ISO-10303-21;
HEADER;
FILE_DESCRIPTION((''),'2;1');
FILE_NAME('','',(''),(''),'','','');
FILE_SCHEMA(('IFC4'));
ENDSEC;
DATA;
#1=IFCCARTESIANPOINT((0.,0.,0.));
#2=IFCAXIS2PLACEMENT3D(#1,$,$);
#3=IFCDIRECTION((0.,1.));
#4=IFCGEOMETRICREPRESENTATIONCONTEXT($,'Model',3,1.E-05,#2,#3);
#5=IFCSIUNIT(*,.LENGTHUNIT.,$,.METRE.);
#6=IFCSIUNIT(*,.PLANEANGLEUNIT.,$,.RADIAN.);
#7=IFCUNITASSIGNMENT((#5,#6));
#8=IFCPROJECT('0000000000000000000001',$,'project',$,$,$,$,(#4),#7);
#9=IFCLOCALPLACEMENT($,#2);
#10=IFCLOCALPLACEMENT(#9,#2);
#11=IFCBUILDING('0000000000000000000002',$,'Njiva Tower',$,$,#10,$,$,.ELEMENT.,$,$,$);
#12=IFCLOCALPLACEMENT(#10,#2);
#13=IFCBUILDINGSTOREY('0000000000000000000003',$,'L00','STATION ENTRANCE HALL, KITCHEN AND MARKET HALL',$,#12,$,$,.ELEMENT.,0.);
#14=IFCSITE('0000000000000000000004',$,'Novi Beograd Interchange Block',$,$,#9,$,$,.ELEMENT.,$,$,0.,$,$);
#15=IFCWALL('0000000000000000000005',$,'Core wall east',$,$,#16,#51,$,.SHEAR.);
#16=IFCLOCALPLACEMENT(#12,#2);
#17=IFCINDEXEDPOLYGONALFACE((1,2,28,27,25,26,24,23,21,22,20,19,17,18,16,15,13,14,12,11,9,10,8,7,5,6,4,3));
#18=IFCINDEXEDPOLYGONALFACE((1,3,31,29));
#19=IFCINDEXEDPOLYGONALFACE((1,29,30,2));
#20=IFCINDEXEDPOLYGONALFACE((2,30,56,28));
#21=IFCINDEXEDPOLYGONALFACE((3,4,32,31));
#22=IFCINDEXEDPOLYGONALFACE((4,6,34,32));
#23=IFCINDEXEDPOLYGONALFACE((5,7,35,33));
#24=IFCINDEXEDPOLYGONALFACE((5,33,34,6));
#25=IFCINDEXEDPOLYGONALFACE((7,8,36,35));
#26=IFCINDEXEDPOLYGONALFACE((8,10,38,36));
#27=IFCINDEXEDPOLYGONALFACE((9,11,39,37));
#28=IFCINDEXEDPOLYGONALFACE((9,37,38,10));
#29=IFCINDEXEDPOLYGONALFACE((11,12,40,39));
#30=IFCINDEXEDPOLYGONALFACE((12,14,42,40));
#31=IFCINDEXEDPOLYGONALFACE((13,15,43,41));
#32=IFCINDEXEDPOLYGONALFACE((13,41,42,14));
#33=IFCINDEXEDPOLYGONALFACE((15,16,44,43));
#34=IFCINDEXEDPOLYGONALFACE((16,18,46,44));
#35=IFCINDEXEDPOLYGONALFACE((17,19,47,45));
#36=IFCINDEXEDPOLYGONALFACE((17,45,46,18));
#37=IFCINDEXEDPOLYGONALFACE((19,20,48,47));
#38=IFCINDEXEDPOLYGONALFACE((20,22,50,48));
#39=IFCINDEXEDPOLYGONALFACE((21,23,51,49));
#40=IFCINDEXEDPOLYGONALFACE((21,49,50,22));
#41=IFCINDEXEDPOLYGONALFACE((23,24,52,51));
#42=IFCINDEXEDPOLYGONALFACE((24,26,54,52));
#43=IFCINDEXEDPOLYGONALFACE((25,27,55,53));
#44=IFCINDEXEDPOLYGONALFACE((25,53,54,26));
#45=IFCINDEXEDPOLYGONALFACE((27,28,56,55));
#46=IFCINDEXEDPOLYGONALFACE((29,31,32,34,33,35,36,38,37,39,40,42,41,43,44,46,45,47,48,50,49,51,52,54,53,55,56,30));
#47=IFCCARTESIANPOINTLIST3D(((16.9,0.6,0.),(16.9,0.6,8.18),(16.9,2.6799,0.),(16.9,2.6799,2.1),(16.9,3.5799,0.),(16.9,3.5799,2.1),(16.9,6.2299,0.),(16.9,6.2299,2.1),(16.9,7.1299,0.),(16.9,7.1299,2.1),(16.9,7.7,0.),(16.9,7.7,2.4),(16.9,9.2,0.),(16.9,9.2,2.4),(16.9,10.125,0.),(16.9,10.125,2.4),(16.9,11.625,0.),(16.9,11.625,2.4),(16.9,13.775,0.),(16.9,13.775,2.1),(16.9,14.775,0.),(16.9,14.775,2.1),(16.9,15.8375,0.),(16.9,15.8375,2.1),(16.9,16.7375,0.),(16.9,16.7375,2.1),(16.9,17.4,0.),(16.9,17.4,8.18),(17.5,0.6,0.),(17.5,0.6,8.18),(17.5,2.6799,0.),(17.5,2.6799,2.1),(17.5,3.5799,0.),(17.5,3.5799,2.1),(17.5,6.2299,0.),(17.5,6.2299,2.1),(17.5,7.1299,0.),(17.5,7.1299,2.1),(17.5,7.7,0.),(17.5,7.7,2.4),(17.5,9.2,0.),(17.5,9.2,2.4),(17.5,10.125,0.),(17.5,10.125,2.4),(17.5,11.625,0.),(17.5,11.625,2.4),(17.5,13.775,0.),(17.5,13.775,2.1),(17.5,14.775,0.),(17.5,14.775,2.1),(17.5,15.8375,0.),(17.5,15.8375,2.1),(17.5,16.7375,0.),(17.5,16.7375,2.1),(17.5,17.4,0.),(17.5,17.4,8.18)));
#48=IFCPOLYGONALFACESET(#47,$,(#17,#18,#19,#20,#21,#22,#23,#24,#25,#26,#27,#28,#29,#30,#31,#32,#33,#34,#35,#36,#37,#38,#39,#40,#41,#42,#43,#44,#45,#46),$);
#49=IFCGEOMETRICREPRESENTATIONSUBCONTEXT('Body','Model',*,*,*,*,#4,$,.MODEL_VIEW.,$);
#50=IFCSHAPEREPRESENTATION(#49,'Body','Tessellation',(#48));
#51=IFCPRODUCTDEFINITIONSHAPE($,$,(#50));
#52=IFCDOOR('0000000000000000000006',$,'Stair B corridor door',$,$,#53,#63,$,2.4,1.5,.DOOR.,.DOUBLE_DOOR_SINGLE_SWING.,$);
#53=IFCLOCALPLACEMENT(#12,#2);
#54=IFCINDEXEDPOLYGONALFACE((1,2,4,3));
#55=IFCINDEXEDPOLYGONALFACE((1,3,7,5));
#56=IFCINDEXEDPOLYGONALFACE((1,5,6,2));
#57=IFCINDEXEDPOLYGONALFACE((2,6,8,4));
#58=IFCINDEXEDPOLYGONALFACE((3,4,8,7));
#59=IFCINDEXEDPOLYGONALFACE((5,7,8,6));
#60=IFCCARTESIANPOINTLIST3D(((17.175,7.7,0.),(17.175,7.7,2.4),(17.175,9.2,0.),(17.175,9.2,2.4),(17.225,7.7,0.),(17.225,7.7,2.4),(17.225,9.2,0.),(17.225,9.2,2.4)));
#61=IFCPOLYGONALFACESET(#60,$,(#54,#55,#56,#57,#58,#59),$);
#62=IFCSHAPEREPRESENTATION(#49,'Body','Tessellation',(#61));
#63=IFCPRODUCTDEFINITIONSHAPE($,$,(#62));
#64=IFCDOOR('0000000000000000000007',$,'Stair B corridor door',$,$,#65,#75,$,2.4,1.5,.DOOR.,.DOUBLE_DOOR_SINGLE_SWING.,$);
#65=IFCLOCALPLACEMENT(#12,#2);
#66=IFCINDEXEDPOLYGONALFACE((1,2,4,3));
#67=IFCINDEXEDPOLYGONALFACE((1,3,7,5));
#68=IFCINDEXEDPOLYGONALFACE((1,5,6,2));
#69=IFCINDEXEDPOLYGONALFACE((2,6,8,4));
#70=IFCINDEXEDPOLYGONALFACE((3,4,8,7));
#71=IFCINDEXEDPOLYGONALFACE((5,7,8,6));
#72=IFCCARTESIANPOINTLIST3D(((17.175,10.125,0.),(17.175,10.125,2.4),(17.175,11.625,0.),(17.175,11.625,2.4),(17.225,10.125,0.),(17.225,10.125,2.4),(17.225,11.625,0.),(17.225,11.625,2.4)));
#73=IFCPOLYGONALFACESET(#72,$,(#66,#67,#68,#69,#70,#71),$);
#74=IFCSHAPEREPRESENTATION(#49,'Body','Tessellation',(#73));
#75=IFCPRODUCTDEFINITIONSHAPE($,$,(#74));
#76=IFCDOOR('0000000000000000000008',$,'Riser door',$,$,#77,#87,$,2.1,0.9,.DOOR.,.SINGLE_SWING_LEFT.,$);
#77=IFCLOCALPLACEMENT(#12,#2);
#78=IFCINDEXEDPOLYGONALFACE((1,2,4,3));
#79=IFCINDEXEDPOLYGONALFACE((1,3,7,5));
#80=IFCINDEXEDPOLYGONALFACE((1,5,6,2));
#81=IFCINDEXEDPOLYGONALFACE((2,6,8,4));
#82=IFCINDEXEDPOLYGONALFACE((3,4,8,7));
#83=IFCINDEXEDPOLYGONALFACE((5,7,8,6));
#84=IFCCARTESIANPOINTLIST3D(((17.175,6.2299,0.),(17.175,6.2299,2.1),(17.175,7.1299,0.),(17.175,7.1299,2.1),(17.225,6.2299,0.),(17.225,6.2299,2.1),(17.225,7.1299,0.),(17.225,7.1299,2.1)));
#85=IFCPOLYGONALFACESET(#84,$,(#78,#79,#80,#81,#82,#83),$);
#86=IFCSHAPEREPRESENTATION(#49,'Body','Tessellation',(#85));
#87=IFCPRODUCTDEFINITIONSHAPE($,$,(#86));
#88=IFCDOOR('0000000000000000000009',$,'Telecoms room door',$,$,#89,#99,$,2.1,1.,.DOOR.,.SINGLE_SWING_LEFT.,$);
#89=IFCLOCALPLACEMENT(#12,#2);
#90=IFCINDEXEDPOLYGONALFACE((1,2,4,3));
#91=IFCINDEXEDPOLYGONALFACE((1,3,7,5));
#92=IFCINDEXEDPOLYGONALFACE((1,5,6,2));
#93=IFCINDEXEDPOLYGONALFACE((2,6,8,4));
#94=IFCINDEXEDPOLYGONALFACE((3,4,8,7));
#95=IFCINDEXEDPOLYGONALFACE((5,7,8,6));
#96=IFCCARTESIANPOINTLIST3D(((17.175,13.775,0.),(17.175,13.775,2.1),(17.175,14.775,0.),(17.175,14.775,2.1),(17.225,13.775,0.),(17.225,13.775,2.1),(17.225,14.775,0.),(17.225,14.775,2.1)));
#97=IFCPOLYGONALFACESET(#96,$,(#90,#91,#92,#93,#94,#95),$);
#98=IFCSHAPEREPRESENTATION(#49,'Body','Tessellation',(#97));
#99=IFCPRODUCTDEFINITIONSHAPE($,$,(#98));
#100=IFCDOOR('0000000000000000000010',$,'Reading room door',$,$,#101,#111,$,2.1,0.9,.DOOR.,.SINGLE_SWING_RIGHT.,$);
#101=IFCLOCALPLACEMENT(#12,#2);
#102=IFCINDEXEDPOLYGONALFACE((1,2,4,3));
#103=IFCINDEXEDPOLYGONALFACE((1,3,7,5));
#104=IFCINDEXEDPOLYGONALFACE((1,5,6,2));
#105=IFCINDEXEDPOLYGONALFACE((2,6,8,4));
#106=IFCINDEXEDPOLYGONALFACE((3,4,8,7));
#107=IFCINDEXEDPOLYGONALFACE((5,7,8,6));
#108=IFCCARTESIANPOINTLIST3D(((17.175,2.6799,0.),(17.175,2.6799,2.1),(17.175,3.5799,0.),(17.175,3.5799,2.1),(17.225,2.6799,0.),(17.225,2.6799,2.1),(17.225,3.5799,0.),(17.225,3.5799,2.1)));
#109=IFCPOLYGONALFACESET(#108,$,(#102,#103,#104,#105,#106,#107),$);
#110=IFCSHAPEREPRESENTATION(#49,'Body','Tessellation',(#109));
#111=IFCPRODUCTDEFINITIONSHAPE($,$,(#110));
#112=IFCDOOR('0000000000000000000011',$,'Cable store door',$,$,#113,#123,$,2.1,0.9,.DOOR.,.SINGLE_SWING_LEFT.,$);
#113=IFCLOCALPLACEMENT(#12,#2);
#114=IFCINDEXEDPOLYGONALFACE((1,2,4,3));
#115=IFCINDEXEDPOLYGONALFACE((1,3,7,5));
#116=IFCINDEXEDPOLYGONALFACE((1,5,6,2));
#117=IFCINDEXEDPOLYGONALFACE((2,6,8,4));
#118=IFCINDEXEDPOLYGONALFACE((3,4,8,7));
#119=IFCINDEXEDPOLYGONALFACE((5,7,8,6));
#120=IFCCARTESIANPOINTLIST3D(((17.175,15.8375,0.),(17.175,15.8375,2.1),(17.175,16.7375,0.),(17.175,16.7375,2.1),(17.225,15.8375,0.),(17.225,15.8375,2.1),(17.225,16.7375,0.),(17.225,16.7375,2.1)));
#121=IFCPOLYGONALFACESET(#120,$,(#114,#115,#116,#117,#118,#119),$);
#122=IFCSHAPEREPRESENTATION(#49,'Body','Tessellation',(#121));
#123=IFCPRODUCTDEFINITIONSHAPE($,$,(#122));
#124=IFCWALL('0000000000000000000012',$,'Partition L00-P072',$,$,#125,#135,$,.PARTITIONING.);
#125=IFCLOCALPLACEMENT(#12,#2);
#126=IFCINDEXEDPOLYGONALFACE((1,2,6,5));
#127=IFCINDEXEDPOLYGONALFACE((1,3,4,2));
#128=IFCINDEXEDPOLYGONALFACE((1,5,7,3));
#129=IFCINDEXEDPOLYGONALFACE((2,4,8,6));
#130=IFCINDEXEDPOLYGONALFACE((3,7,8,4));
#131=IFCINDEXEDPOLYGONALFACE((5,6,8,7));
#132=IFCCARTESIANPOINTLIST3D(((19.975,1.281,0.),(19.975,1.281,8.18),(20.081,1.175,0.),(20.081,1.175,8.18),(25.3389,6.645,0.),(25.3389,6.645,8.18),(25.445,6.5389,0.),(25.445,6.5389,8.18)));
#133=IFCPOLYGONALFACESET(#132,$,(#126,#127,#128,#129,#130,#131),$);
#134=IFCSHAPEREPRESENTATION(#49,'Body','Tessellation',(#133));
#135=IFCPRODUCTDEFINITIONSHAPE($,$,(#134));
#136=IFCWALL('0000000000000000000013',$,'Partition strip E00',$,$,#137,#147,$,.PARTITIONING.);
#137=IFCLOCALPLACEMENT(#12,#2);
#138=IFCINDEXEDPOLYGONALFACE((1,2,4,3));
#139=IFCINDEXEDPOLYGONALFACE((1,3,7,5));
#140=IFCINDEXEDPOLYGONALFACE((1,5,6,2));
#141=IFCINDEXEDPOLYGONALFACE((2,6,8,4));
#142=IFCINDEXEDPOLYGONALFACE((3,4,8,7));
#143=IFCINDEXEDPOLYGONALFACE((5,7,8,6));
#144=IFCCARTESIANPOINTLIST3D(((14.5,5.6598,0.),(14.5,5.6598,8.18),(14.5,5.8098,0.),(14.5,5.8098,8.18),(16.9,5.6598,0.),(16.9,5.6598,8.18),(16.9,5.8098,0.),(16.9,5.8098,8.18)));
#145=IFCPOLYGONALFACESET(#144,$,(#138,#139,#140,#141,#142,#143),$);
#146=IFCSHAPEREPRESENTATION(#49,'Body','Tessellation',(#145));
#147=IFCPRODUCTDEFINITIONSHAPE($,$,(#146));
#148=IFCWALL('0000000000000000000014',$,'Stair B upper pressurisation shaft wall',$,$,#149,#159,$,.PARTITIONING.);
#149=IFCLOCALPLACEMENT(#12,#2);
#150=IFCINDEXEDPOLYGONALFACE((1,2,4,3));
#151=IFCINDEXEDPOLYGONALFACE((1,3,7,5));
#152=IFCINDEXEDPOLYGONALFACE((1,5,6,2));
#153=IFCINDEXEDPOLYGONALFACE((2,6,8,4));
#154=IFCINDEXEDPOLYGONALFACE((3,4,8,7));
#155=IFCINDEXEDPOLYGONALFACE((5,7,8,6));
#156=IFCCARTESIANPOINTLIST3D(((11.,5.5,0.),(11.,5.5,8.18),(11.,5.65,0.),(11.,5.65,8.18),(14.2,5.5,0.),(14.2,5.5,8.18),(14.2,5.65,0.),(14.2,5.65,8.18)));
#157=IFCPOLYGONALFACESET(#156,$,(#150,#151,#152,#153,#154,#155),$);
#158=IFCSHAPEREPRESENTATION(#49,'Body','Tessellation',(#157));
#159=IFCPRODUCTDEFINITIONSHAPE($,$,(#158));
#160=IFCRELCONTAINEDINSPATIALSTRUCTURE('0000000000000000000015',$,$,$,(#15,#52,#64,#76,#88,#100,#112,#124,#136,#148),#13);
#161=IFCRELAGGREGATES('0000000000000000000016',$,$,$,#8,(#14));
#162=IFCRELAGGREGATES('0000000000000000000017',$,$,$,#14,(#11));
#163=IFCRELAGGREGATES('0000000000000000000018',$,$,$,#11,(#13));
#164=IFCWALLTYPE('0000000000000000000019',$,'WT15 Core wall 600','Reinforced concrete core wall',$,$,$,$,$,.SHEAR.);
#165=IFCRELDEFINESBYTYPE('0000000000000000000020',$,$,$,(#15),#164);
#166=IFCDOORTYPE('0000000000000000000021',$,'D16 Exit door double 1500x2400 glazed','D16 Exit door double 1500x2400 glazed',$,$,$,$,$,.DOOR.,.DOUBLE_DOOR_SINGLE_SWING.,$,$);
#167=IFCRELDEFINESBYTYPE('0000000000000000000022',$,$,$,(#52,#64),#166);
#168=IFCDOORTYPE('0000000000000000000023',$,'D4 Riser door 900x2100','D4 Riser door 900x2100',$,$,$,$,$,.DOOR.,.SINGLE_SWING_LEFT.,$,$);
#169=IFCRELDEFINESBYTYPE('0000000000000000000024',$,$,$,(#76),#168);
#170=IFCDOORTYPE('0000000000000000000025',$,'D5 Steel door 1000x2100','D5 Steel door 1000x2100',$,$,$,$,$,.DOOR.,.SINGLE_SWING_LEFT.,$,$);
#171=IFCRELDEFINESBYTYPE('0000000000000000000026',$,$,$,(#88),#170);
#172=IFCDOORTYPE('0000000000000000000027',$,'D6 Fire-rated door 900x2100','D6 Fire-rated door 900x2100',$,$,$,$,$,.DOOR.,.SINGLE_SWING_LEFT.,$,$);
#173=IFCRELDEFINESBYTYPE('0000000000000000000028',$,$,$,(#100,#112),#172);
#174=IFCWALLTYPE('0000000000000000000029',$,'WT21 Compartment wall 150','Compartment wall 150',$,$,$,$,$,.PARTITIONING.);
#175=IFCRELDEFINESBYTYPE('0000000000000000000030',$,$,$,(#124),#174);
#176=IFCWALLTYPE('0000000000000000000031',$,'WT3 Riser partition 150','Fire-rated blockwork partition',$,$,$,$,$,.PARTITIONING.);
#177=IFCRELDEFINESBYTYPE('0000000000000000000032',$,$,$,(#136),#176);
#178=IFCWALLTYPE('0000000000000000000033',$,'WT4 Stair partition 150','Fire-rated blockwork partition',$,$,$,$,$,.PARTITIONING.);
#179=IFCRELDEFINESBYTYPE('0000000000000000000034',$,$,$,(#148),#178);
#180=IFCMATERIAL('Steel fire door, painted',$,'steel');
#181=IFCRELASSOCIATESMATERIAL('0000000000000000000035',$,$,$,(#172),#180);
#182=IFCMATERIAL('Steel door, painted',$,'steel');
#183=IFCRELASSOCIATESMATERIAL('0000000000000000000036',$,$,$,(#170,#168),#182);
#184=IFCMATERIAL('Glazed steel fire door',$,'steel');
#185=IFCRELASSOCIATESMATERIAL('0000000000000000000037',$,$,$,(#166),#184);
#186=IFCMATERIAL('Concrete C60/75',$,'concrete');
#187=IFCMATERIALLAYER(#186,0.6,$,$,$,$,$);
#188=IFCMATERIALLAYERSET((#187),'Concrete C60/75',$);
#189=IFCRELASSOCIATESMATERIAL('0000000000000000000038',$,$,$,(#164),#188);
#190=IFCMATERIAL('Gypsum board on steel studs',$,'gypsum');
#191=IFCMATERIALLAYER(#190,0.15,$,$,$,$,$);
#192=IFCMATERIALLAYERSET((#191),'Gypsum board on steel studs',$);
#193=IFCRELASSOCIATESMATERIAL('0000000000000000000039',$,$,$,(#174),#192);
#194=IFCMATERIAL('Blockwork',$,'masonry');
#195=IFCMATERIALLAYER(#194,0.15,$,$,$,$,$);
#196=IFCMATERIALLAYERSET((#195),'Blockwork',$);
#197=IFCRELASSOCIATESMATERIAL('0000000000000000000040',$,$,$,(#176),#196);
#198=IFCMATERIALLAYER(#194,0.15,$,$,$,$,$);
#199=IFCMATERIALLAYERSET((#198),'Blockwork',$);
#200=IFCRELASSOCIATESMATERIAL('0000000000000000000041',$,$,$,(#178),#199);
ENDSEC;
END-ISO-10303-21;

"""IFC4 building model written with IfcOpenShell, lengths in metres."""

from ifc_helpers import new_model, si_unit, direction, frame, frame_2d, origin, place, context, subcontext, project, spatial, rectangle, extrude, material, layer, layer_set, type_object, element, fill, save


model = new_model("IFC4")

# Units and contexts
model_context = context("Model", 3, precision=1e-05, world=origin(), true_north=direction((0.0, 1.0)))
body_context = subcontext(model_context, "Body", "Model", "MODEL_VIEW")
ifc_project = project(units=[si_unit("LENGTHUNIT", "METRE"), si_unit("PLANEANGLEUNIT", "RADIAN")], contexts=[model_context])

# Site, building, storey
site_placement = place(None, origin())
site = spatial("IfcSite", under=ifc_project, at=site_placement, Name="Novi Beograd Interchange Block", CompositionType="ELEMENT", RefElevation=0.0)
building_placement = place(site_placement, origin())
building = spatial("IfcBuilding", under=site, at=building_placement, Name="Njiva Tower", CompositionType="ELEMENT")
storey_placement = place(building_placement, origin())
storey = spatial("IfcBuildingStorey", under=building, at=storey_placement, Name="L00", Description="STATION ENTRANCE HALL, KITCHEN AND MARKET HALL", CompositionType="ELEMENT", Elevation=0.0)

# Shared definitions
ifc_material_1 = material(Name="Blockwork", Category="masonry")

# Shared definitions
ifc_material_2 = material(Name="Steel fire door, painted", Category="steel")
door_type_1 = type_object("IfcDoorType", Name="D6 Fire-rated door 900x2100", Description="D6 Fire-rated door 900x2100", OperationType="SINGLE_SWING_LEFT", PredefinedType="DOOR", material=ifc_material_2)
ifc_material_3 = material(Name="Steel door, painted", Category="steel")
door_type_2 = type_object("IfcDoorType", Name="D5 Steel door 1000x2100", Description="D5 Steel door 1000x2100", OperationType="SINGLE_SWING_LEFT", PredefinedType="DOOR", material=ifc_material_3)

# Wall, openings, doors
ifc_material_4 = material(Name="Glazed steel fire door", Category="steel")
door_type_3 = type_object("IfcDoorType", Name="D16 Exit door double 1500x2400 glazed", Description="D16 Exit door double 1500x2400 glazed", OperationType="DOUBLE_DOOR_SINGLE_SWING", PredefinedType="DOOR", material=ifc_material_4)
ifc_material_5 = material(Name="Concrete C60/75", Category="concrete")
ifc_layer_1 = layer(ifc_material_5, 0.6)
ifc_layer_set_1 = layer_set([ifc_layer_1], Name="Concrete C60/75")
wall_type_1 = type_object("IfcWallType", Name="WT15 Core wall 600", Description="Reinforced concrete core wall", PredefinedType="SHEAR", material=ifc_layer_set_1)
wall_1_placement = place(storey_placement, frame((17.2, 0.6, 0.0), z_axis=(0.0, 0.0, 1.0), x_axis=(0.0, 1.0, 0.0)))
wall_1 = element("IfcWall", 1, at=wall_1_placement, inside=storey, type_object=wall_type_1, Name="Core wall east", PredefinedType="SHEAR", context=body_context, shape_type="SweptSolid", body=[
    extrude(rectangle(XDim=16.8, YDim=0.6, at=frame_2d((8.4, 0.0))), origin(), (0.0, 0.0, 1.0), 8.18),
])
opening_1_placement = place(wall_1_placement, frame((7.1, 0.0, 0.0)))
opening_1 = element("IfcOpeningElement", 2, at=opening_1_placement, cuts=wall_1, PredefinedType="OPENING", context=body_context, shape_type="SweptSolid", body=[
    extrude(rectangle(XDim=1.5, YDim=2.4, at=frame_2d((0.75, 1.2))), frame((0.0, 0.31, 0.0), z_axis=(0.0, -1.0, 0.0), x_axis=(1.0, 0.0, 0.0)), (0.0, 0.0, 1.0), 0.62),
])
opening_2_placement = place(wall_1_placement, frame((9.525, 0.0, 0.0)))
opening_2 = element("IfcOpeningElement", 3, at=opening_2_placement, cuts=wall_1, PredefinedType="OPENING", context=body_context, shape_type="SweptSolid", body=[
    extrude(rectangle(XDim=1.5, YDim=2.4, at=frame_2d((0.75, 1.2))), frame((0.0, 0.31, 0.0), z_axis=(0.0, -1.0, 0.0), x_axis=(1.0, 0.0, 0.0)), (0.0, 0.0, 1.0), 0.62),
])
opening_3_placement = place(wall_1_placement, frame((2.0799, 0.0, 0.0)))
opening_3 = element("IfcOpeningElement", 4, at=opening_3_placement, cuts=wall_1, PredefinedType="OPENING", context=body_context, shape_type="SweptSolid", body=[
    extrude(rectangle(XDim=0.9, YDim=2.1, at=frame_2d((0.45, 1.05))), frame((0.0, 0.31, 0.0), z_axis=(0.0, -1.0, 0.0), x_axis=(1.0, 0.0, 0.0)), (0.0, 0.0, 1.0), 0.62),
])
opening_4_placement = place(wall_1_placement, frame((5.6299, 0.0, 0.0)))
opening_4 = element("IfcOpeningElement", 5, at=opening_4_placement, cuts=wall_1, PredefinedType="OPENING", context=body_context, shape_type="SweptSolid", body=[
    extrude(rectangle(XDim=0.9, YDim=2.1, at=frame_2d((0.45, 1.05))), frame((0.0, 0.31, 0.0), z_axis=(0.0, -1.0, 0.0), x_axis=(1.0, 0.0, 0.0)), (0.0, 0.0, 1.0), 0.62),
])
opening_5_placement = place(wall_1_placement, frame((13.175, 0.0, 0.0)))
opening_5 = element("IfcOpeningElement", 6, at=opening_5_placement, cuts=wall_1, PredefinedType="OPENING", context=body_context, shape_type="SweptSolid", body=[
    extrude(rectangle(XDim=1.0, YDim=2.1, at=frame_2d((0.5, 1.05))), frame((0.0, 0.31, 0.0), z_axis=(0.0, -1.0, 0.0), x_axis=(1.0, 0.0, 0.0)), (0.0, 0.0, 1.0), 0.62),
])
opening_6_placement = place(wall_1_placement, frame((15.2375, 0.0, 0.0)))
opening_6 = element("IfcOpeningElement", 7, at=opening_6_placement, cuts=wall_1, PredefinedType="OPENING", context=body_context, shape_type="SweptSolid", body=[
    extrude(rectangle(XDim=0.9, YDim=2.1, at=frame_2d((0.45, 1.05))), frame((0.0, 0.31, 0.0), z_axis=(0.0, -1.0, 0.0), x_axis=(1.0, 0.0, 0.0)), (0.0, 0.0, 1.0), 0.62),
])
door_1_placement = place(opening_1_placement, origin())
door_1 = element("IfcDoor", 8, at=door_1_placement, inside=storey, type_object=door_type_3, Name="Stair B corridor door", OperationType="DOUBLE_DOOR_SINGLE_SWING", OverallHeight=2.4, OverallWidth=1.5, PredefinedType="DOOR", context=body_context, shape_type="SweptSolid", body=[
    extrude(rectangle(XDim=1.5, YDim=2.4, at=frame_2d((0.75, 1.2))), frame((0.0, 0.025, 0.0), z_axis=(0.0, -1.0, 0.0), x_axis=(1.0, 0.0, 0.0)), (0.0, 0.0, 1.0), 0.05),
])
fill(opening_1, door_1)
door_2_placement = place(opening_2_placement, origin())
door_2 = element("IfcDoor", 9, at=door_2_placement, inside=storey, type_object=door_type_3, Name="Stair B corridor door", OperationType="DOUBLE_DOOR_SINGLE_SWING", OverallHeight=2.4, OverallWidth=1.5, PredefinedType="DOOR", context=body_context, shape_type="SweptSolid", body=[
    extrude(rectangle(XDim=1.5, YDim=2.4, at=frame_2d((0.75, 1.2))), frame((0.0, 0.025, 0.0), z_axis=(0.0, -1.0, 0.0), x_axis=(1.0, 0.0, 0.0)), (0.0, 0.0, 1.0), 0.05),
])
fill(opening_2, door_2)
door_type_4 = type_object("IfcDoorType", Name="D4 Riser door 900x2100", Description="D4 Riser door 900x2100", OperationType="SINGLE_SWING_LEFT", PredefinedType="DOOR", material=ifc_material_3)
door_3_placement = place(opening_4_placement, origin())
door_3 = element("IfcDoor", 10, at=door_3_placement, inside=storey, type_object=door_type_4, Name="Riser door", OperationType="SINGLE_SWING_LEFT", OverallHeight=2.1, OverallWidth=0.9, PredefinedType="DOOR", context=body_context, shape_type="SweptSolid", body=[
    extrude(rectangle(XDim=0.9, YDim=2.1, at=frame_2d((0.45, 1.05))), frame((0.0, 0.025, 0.0), z_axis=(0.0, -1.0, 0.0), x_axis=(1.0, 0.0, 0.0)), (0.0, 0.0, 1.0), 0.05),
])
fill(opening_4, door_3)
door_4_placement = place(opening_5_placement, origin())
door_4 = element("IfcDoor", 11, at=door_4_placement, inside=storey, type_object=door_type_2, Name="Telecoms room door", OperationType="SINGLE_SWING_LEFT", OverallHeight=2.1, OverallWidth=1.0, PredefinedType="DOOR", context=body_context, shape_type="SweptSolid", body=[
    extrude(rectangle(XDim=1.0, YDim=2.1, at=frame_2d((0.5, 1.05))), frame((0.0, 0.025, 0.0), z_axis=(0.0, -1.0, 0.0), x_axis=(1.0, 0.0, 0.0)), (0.0, 0.0, 1.0), 0.05),
])
fill(opening_5, door_4)
door_5_placement = place(opening_3_placement, origin())
door_5 = element("IfcDoor", 12, at=door_5_placement, inside=storey, type_object=door_type_1, Name="Reading room door", OperationType="SINGLE_SWING_RIGHT", OverallHeight=2.1, OverallWidth=0.9, PredefinedType="DOOR", context=body_context, shape_type="SweptSolid", body=[
    extrude(rectangle(XDim=0.9, YDim=2.1, at=frame_2d((0.45, 1.05))), frame((0.0, 0.025, 0.0), z_axis=(0.0, -1.0, 0.0), x_axis=(1.0, 0.0, 0.0)), (0.0, 0.0, 1.0), 0.05),
])
fill(opening_3, door_5)
door_6_placement = place(opening_6_placement, origin())
door_6 = element("IfcDoor", 13, at=door_6_placement, inside=storey, type_object=door_type_1, Name="Cable store door", OperationType="SINGLE_SWING_LEFT", OverallHeight=2.1, OverallWidth=0.9, PredefinedType="DOOR", context=body_context, shape_type="SweptSolid", body=[
    extrude(rectangle(XDim=0.9, YDim=2.1, at=frame_2d((0.45, 1.05))), frame((0.0, 0.025, 0.0), z_axis=(0.0, -1.0, 0.0), x_axis=(1.0, 0.0, 0.0)), (0.0, 0.0, 1.0), 0.05),
])
fill(opening_6, door_6)

# Walls
ifc_material_6 = material(Name="Gypsum board on steel studs", Category="gypsum")
ifc_layer_2 = layer(ifc_material_6, 0.15)
ifc_layer_set_2 = layer_set([ifc_layer_2], Name="Gypsum board on steel studs")
wall_type_2 = type_object("IfcWallType", Name="WT21 Compartment wall 150", Description="Compartment wall 150", PredefinedType="PARTITIONING", material=ifc_layer_set_2)
wall_2_placement = place(storey_placement, frame((20.028, 1.228, 0.0), z_axis=(0.0, 0.0, 1.0), x_axis=(0.707107, 0.707107, 0.0)))
element("IfcWall", 14, at=wall_2_placement, inside=storey, type_object=wall_type_2, Name="Partition L00-P072", PredefinedType="PARTITIONING", context=body_context, shape_type="SweptSolid", body=[
    extrude(rectangle(XDim=7.5858, YDim=0.15, at=frame_2d((3.7929, 0.0))), origin(), (0.0, 0.0, 1.0), 8.18),
])
ifc_layer_3 = layer(ifc_material_1, 0.15)
ifc_layer_set_3 = layer_set([ifc_layer_3], Name="Blockwork")
wall_type_3 = type_object("IfcWallType", Name="WT3 Riser partition 150", Description="Fire-rated blockwork partition", PredefinedType="PARTITIONING", material=ifc_layer_set_3)
wall_3_placement = place(storey_placement, frame((14.5, 5.7348, 0.0), z_axis=(0.0, 0.0, 1.0), x_axis=(1.0, 0.0, 0.0)))
element("IfcWall", 15, at=wall_3_placement, inside=storey, type_object=wall_type_3, Name="Partition strip E00", PredefinedType="PARTITIONING", context=body_context, shape_type="SweptSolid", body=[
    extrude(rectangle(XDim=2.4, YDim=0.15, at=frame_2d((1.2, 0.0))), origin(), (0.0, 0.0, 1.0), 8.18),
])
ifc_layer_4 = layer(ifc_material_1, 0.15)
ifc_layer_set_4 = layer_set([ifc_layer_4], Name="Blockwork")
wall_type_4 = type_object("IfcWallType", Name="WT4 Stair partition 150", Description="Fire-rated blockwork partition", PredefinedType="PARTITIONING", material=ifc_layer_set_4)
wall_4_placement = place(storey_placement, frame((11.0, 5.575, 0.0), z_axis=(0.0, 0.0, 1.0), x_axis=(1.0, 0.0, 0.0)))
element("IfcWall", 16, at=wall_4_placement, inside=storey, type_object=wall_type_4, Name="Stair B upper pressurisation shaft wall", PredefinedType="PARTITIONING", context=body_context, shape_type="SweptSolid", body=[
    extrude(rectangle(XDim=3.2, YDim=0.15, at=frame_2d((1.6, 0.0))), origin(), (0.0, 0.0, 1.0), 8.18),
])

save(model, "model.ifc")
